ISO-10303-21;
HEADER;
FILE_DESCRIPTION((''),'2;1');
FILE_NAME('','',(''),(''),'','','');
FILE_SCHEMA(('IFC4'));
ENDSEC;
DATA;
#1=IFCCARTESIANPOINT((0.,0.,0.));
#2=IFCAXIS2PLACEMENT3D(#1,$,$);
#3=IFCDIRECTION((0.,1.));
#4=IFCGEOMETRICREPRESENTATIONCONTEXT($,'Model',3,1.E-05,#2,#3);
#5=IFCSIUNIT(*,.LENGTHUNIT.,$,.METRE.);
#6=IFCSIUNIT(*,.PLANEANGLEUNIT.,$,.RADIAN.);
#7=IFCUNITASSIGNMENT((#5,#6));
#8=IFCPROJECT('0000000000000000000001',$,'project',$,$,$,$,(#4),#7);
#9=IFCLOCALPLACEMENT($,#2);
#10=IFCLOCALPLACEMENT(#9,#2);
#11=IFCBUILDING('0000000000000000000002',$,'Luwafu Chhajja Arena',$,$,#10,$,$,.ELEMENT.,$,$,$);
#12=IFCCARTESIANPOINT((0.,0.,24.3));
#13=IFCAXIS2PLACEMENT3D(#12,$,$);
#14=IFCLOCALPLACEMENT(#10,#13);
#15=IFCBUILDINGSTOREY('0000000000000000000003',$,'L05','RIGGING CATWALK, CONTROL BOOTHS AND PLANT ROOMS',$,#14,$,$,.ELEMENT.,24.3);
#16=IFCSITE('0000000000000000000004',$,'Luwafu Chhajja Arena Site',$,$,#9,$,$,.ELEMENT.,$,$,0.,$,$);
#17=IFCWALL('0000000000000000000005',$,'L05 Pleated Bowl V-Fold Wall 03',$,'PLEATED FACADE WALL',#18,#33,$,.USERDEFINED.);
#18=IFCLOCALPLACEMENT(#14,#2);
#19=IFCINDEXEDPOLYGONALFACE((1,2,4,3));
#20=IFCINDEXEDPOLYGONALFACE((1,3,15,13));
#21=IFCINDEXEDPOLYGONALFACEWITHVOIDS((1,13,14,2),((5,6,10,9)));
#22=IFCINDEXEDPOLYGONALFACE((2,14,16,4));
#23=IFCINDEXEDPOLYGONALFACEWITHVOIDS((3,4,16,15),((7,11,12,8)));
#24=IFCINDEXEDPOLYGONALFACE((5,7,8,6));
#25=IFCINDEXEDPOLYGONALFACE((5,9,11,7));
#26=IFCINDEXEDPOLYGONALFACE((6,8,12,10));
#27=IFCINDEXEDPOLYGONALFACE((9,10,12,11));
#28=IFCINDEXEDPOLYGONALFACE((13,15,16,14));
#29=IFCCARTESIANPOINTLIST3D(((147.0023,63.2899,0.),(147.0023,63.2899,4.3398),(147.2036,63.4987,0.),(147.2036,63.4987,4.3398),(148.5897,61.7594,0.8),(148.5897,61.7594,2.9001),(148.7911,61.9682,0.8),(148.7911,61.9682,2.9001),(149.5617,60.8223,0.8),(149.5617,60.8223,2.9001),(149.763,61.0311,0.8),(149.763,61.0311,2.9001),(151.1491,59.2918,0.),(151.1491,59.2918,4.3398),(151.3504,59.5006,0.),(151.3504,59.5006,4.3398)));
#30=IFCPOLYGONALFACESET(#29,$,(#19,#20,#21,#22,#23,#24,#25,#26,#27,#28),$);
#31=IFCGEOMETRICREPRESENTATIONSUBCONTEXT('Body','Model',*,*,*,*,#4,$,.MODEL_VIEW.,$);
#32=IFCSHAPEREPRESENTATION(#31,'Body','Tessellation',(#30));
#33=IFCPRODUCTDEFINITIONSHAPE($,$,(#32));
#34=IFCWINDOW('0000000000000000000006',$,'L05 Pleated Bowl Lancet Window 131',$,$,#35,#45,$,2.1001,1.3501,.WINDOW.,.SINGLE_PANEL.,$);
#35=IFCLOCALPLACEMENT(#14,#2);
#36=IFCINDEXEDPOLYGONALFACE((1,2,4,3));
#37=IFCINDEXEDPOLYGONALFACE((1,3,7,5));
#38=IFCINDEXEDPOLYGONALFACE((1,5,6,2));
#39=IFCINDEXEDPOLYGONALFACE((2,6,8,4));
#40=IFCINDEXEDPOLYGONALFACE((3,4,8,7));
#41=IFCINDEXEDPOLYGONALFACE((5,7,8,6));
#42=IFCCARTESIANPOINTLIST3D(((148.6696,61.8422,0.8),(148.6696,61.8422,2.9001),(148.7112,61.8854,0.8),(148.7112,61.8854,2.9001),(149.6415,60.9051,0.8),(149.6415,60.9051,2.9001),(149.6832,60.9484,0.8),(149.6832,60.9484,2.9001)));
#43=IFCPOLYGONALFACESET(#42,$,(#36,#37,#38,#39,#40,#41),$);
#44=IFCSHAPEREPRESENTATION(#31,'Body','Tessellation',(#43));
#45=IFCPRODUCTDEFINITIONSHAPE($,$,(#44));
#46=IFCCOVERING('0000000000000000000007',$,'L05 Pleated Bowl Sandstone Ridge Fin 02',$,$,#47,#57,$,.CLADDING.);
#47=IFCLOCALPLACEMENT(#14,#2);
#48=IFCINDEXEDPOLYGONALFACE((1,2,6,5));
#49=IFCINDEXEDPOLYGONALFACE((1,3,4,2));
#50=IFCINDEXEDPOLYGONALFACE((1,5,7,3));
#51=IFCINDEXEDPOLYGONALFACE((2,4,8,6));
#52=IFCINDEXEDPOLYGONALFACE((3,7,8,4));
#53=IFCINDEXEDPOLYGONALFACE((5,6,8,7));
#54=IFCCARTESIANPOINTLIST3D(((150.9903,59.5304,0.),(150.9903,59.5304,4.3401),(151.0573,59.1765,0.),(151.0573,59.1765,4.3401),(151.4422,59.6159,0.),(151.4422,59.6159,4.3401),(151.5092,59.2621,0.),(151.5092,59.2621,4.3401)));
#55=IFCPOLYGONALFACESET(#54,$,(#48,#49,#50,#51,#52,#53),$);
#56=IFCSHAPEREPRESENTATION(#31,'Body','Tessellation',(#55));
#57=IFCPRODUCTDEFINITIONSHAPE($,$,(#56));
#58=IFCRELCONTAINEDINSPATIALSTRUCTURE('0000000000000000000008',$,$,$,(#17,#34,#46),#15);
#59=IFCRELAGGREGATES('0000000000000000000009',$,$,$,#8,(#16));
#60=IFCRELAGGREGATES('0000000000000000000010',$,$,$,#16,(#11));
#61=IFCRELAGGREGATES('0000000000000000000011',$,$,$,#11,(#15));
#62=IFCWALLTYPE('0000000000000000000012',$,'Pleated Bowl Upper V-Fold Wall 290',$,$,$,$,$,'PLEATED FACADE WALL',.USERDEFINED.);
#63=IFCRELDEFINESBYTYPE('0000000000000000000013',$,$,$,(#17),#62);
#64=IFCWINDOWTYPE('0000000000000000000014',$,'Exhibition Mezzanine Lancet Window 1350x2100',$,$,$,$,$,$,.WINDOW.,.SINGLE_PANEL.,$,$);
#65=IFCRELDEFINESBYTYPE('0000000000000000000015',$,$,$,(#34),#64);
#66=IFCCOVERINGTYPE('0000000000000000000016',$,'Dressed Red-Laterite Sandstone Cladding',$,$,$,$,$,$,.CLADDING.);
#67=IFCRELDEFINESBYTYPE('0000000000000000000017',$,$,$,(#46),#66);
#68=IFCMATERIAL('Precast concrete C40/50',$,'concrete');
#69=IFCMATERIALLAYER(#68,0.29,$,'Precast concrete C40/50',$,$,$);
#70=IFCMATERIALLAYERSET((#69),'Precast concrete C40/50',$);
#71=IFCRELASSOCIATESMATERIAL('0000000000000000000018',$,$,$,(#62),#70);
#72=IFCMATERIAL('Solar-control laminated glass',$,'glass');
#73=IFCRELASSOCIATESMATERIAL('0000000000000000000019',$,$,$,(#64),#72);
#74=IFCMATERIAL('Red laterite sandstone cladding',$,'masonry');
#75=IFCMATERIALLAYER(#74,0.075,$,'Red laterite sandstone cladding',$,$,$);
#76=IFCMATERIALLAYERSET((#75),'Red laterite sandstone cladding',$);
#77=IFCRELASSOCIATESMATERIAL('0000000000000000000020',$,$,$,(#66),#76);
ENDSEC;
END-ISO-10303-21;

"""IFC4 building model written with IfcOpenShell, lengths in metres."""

from ifc_helpers import new_model, si_unit, direction, frame, frame_2d, origin, origin_2d, place, context, subcontext, project, spatial, rectangle, extrude, material, layer, layer_set, type_object, element, fill, save


model = new_model("IFC4")

# Units and contexts
model_context = context("Model", 3, precision=1e-05, world=origin(), true_north=direction((0.0, 1.0)))
body_context = subcontext(model_context, "Body", "Model", "MODEL_VIEW")
ifc_project = project(units=[si_unit("LENGTHUNIT", "METRE"), si_unit("PLANEANGLEUNIT", "RADIAN")], contexts=[model_context])

# Site, building, storey
site_placement = place(None, origin())
site = spatial("IfcSite", under=ifc_project, at=site_placement, Name="Luwafu Chhajja Arena Site", CompositionType="ELEMENT", RefElevation=0.0)
building_placement = place(site_placement, origin())
building = spatial("IfcBuilding", under=site, at=building_placement, Name="Luwafu Chhajja Arena", CompositionType="ELEMENT")
storey_placement = place(building_placement, frame((0.0, 0.0, 24.3)))
storey = spatial("IfcBuildingStorey", under=building, at=storey_placement, Name="L05", Description="RIGGING CATWALK, CONTROL BOOTHS AND PLANT ROOMS", CompositionType="ELEMENT", Elevation=24.3)

# Shared definitions
ifc_material_1 = material(Name="Solar-control laminated glass", Category="glass")

# Wall, opening, window
ifc_material_2 = material(Name="Precast concrete C40/50", Category="concrete")
ifc_layer_1 = layer(ifc_material_2, 0.29, Name="Precast concrete C40/50")
ifc_layer_set_1 = layer_set([ifc_layer_1], Name="Precast concrete C40/50")
wall_type = type_object("IfcWallType", Name="Pleated Bowl Upper V-Fold Wall 290", ElementType="PLEATED FACADE WALL", PredefinedType="USERDEFINED", material=ifc_layer_set_1)
wall_1_placement = place(storey_placement, frame((151.2498, 59.3962, 0.0), z_axis=(0.0, 0.0, 1.0), x_axis=(-0.719895, 0.694083, 0.0)))
wall_1 = element("IfcWall", 1, at=wall_1_placement, inside=storey, type_object=wall_type, Name="L05 Pleated Bowl V-Fold Wall 03", ObjectType="PLEATED FACADE WALL", PredefinedType="USERDEFINED", context=body_context, shape_type="SweptSolid", body=[
    extrude(rectangle(XDim=5.7603, YDim=0.29, at=frame_2d((2.8801, 0.0))), origin(), (0.0, 0.0, 1.0), 4.3398),
])
opening_1_placement = place(wall_1_placement, frame((2.2051, 0.0, 0.8)))
opening_1 = element("IfcOpeningElement", 2, at=opening_1_placement, cuts=wall_1, PredefinedType="OPENING", context=body_context, shape_type="SweptSolid", body=[
    extrude(rectangle(XDim=1.3501, YDim=2.1001, at=frame_2d((0.675, 1.05))), frame((0.0, 0.155, 0.0), z_axis=(0.0, -1.0, 0.0), x_axis=(1.0, 0.0, 0.0)), (0.0, 0.0, 1.0), 0.3101),
])
window_type_1 = type_object("IfcWindowType", Name="Exhibition Mezzanine Lancet Window 1350x2100", PartitioningType="SINGLE_PANEL", PredefinedType="WINDOW", material=ifc_material_1)
window_1_placement = place(opening_1_placement, origin())
window_1 = element("IfcWindow", 3, at=window_1_placement, inside=storey, type_object=window_type_1, Name="L05 Pleated Bowl Lancet Window 131", OverallHeight=2.1001, OverallWidth=1.3501, PartitioningType="SINGLE_PANEL", PredefinedType="WINDOW", context=body_context, shape_type="SweptSolid", body=[
    extrude(rectangle(XDim=1.3501, YDim=2.1001, at=frame_2d((0.675, 1.05))), frame((0.0, 0.03, 0.0), z_axis=(0.0, -1.0, 0.0), x_axis=(1.0, 0.0, 0.0)), (0.0, 0.0, 1.0), 0.0601),
])
fill(opening_1, window_1)

# Covering
ifc_material_3 = material(Name="Red laterite sandstone cladding", Category="masonry")
ifc_layer_2 = layer(ifc_material_3, 0.075, Name="Red laterite sandstone cladding")
ifc_layer_set_2 = layer_set([ifc_layer_2], Name="Red laterite sandstone cladding")
covering_type = type_object("IfcCoveringType", Name="Dressed Red-Laterite Sandstone Cladding", PredefinedType="CLADDING", material=ifc_layer_set_2)
covering_placement = place(storey_placement, frame((151.2498, 59.3962, 0.0), z_axis=(0.0, 0.0, 1.0), x_axis=(0.982532, 0.186093, 0.0)))
element("IfcCovering", 4, at=covering_placement, inside=storey, type_object=covering_type, Name="L05 Pleated Bowl Sandstone Ridge Fin 02", PredefinedType="CLADDING", context=body_context, shape_type="SweptSolid", body=[
    extrude(rectangle(XDim=0.46, YDim=0.3601, at=origin_2d()), origin(), (0.0, 0.0, 1.0), 4.3401),
])

save(model, "model.ifc")
